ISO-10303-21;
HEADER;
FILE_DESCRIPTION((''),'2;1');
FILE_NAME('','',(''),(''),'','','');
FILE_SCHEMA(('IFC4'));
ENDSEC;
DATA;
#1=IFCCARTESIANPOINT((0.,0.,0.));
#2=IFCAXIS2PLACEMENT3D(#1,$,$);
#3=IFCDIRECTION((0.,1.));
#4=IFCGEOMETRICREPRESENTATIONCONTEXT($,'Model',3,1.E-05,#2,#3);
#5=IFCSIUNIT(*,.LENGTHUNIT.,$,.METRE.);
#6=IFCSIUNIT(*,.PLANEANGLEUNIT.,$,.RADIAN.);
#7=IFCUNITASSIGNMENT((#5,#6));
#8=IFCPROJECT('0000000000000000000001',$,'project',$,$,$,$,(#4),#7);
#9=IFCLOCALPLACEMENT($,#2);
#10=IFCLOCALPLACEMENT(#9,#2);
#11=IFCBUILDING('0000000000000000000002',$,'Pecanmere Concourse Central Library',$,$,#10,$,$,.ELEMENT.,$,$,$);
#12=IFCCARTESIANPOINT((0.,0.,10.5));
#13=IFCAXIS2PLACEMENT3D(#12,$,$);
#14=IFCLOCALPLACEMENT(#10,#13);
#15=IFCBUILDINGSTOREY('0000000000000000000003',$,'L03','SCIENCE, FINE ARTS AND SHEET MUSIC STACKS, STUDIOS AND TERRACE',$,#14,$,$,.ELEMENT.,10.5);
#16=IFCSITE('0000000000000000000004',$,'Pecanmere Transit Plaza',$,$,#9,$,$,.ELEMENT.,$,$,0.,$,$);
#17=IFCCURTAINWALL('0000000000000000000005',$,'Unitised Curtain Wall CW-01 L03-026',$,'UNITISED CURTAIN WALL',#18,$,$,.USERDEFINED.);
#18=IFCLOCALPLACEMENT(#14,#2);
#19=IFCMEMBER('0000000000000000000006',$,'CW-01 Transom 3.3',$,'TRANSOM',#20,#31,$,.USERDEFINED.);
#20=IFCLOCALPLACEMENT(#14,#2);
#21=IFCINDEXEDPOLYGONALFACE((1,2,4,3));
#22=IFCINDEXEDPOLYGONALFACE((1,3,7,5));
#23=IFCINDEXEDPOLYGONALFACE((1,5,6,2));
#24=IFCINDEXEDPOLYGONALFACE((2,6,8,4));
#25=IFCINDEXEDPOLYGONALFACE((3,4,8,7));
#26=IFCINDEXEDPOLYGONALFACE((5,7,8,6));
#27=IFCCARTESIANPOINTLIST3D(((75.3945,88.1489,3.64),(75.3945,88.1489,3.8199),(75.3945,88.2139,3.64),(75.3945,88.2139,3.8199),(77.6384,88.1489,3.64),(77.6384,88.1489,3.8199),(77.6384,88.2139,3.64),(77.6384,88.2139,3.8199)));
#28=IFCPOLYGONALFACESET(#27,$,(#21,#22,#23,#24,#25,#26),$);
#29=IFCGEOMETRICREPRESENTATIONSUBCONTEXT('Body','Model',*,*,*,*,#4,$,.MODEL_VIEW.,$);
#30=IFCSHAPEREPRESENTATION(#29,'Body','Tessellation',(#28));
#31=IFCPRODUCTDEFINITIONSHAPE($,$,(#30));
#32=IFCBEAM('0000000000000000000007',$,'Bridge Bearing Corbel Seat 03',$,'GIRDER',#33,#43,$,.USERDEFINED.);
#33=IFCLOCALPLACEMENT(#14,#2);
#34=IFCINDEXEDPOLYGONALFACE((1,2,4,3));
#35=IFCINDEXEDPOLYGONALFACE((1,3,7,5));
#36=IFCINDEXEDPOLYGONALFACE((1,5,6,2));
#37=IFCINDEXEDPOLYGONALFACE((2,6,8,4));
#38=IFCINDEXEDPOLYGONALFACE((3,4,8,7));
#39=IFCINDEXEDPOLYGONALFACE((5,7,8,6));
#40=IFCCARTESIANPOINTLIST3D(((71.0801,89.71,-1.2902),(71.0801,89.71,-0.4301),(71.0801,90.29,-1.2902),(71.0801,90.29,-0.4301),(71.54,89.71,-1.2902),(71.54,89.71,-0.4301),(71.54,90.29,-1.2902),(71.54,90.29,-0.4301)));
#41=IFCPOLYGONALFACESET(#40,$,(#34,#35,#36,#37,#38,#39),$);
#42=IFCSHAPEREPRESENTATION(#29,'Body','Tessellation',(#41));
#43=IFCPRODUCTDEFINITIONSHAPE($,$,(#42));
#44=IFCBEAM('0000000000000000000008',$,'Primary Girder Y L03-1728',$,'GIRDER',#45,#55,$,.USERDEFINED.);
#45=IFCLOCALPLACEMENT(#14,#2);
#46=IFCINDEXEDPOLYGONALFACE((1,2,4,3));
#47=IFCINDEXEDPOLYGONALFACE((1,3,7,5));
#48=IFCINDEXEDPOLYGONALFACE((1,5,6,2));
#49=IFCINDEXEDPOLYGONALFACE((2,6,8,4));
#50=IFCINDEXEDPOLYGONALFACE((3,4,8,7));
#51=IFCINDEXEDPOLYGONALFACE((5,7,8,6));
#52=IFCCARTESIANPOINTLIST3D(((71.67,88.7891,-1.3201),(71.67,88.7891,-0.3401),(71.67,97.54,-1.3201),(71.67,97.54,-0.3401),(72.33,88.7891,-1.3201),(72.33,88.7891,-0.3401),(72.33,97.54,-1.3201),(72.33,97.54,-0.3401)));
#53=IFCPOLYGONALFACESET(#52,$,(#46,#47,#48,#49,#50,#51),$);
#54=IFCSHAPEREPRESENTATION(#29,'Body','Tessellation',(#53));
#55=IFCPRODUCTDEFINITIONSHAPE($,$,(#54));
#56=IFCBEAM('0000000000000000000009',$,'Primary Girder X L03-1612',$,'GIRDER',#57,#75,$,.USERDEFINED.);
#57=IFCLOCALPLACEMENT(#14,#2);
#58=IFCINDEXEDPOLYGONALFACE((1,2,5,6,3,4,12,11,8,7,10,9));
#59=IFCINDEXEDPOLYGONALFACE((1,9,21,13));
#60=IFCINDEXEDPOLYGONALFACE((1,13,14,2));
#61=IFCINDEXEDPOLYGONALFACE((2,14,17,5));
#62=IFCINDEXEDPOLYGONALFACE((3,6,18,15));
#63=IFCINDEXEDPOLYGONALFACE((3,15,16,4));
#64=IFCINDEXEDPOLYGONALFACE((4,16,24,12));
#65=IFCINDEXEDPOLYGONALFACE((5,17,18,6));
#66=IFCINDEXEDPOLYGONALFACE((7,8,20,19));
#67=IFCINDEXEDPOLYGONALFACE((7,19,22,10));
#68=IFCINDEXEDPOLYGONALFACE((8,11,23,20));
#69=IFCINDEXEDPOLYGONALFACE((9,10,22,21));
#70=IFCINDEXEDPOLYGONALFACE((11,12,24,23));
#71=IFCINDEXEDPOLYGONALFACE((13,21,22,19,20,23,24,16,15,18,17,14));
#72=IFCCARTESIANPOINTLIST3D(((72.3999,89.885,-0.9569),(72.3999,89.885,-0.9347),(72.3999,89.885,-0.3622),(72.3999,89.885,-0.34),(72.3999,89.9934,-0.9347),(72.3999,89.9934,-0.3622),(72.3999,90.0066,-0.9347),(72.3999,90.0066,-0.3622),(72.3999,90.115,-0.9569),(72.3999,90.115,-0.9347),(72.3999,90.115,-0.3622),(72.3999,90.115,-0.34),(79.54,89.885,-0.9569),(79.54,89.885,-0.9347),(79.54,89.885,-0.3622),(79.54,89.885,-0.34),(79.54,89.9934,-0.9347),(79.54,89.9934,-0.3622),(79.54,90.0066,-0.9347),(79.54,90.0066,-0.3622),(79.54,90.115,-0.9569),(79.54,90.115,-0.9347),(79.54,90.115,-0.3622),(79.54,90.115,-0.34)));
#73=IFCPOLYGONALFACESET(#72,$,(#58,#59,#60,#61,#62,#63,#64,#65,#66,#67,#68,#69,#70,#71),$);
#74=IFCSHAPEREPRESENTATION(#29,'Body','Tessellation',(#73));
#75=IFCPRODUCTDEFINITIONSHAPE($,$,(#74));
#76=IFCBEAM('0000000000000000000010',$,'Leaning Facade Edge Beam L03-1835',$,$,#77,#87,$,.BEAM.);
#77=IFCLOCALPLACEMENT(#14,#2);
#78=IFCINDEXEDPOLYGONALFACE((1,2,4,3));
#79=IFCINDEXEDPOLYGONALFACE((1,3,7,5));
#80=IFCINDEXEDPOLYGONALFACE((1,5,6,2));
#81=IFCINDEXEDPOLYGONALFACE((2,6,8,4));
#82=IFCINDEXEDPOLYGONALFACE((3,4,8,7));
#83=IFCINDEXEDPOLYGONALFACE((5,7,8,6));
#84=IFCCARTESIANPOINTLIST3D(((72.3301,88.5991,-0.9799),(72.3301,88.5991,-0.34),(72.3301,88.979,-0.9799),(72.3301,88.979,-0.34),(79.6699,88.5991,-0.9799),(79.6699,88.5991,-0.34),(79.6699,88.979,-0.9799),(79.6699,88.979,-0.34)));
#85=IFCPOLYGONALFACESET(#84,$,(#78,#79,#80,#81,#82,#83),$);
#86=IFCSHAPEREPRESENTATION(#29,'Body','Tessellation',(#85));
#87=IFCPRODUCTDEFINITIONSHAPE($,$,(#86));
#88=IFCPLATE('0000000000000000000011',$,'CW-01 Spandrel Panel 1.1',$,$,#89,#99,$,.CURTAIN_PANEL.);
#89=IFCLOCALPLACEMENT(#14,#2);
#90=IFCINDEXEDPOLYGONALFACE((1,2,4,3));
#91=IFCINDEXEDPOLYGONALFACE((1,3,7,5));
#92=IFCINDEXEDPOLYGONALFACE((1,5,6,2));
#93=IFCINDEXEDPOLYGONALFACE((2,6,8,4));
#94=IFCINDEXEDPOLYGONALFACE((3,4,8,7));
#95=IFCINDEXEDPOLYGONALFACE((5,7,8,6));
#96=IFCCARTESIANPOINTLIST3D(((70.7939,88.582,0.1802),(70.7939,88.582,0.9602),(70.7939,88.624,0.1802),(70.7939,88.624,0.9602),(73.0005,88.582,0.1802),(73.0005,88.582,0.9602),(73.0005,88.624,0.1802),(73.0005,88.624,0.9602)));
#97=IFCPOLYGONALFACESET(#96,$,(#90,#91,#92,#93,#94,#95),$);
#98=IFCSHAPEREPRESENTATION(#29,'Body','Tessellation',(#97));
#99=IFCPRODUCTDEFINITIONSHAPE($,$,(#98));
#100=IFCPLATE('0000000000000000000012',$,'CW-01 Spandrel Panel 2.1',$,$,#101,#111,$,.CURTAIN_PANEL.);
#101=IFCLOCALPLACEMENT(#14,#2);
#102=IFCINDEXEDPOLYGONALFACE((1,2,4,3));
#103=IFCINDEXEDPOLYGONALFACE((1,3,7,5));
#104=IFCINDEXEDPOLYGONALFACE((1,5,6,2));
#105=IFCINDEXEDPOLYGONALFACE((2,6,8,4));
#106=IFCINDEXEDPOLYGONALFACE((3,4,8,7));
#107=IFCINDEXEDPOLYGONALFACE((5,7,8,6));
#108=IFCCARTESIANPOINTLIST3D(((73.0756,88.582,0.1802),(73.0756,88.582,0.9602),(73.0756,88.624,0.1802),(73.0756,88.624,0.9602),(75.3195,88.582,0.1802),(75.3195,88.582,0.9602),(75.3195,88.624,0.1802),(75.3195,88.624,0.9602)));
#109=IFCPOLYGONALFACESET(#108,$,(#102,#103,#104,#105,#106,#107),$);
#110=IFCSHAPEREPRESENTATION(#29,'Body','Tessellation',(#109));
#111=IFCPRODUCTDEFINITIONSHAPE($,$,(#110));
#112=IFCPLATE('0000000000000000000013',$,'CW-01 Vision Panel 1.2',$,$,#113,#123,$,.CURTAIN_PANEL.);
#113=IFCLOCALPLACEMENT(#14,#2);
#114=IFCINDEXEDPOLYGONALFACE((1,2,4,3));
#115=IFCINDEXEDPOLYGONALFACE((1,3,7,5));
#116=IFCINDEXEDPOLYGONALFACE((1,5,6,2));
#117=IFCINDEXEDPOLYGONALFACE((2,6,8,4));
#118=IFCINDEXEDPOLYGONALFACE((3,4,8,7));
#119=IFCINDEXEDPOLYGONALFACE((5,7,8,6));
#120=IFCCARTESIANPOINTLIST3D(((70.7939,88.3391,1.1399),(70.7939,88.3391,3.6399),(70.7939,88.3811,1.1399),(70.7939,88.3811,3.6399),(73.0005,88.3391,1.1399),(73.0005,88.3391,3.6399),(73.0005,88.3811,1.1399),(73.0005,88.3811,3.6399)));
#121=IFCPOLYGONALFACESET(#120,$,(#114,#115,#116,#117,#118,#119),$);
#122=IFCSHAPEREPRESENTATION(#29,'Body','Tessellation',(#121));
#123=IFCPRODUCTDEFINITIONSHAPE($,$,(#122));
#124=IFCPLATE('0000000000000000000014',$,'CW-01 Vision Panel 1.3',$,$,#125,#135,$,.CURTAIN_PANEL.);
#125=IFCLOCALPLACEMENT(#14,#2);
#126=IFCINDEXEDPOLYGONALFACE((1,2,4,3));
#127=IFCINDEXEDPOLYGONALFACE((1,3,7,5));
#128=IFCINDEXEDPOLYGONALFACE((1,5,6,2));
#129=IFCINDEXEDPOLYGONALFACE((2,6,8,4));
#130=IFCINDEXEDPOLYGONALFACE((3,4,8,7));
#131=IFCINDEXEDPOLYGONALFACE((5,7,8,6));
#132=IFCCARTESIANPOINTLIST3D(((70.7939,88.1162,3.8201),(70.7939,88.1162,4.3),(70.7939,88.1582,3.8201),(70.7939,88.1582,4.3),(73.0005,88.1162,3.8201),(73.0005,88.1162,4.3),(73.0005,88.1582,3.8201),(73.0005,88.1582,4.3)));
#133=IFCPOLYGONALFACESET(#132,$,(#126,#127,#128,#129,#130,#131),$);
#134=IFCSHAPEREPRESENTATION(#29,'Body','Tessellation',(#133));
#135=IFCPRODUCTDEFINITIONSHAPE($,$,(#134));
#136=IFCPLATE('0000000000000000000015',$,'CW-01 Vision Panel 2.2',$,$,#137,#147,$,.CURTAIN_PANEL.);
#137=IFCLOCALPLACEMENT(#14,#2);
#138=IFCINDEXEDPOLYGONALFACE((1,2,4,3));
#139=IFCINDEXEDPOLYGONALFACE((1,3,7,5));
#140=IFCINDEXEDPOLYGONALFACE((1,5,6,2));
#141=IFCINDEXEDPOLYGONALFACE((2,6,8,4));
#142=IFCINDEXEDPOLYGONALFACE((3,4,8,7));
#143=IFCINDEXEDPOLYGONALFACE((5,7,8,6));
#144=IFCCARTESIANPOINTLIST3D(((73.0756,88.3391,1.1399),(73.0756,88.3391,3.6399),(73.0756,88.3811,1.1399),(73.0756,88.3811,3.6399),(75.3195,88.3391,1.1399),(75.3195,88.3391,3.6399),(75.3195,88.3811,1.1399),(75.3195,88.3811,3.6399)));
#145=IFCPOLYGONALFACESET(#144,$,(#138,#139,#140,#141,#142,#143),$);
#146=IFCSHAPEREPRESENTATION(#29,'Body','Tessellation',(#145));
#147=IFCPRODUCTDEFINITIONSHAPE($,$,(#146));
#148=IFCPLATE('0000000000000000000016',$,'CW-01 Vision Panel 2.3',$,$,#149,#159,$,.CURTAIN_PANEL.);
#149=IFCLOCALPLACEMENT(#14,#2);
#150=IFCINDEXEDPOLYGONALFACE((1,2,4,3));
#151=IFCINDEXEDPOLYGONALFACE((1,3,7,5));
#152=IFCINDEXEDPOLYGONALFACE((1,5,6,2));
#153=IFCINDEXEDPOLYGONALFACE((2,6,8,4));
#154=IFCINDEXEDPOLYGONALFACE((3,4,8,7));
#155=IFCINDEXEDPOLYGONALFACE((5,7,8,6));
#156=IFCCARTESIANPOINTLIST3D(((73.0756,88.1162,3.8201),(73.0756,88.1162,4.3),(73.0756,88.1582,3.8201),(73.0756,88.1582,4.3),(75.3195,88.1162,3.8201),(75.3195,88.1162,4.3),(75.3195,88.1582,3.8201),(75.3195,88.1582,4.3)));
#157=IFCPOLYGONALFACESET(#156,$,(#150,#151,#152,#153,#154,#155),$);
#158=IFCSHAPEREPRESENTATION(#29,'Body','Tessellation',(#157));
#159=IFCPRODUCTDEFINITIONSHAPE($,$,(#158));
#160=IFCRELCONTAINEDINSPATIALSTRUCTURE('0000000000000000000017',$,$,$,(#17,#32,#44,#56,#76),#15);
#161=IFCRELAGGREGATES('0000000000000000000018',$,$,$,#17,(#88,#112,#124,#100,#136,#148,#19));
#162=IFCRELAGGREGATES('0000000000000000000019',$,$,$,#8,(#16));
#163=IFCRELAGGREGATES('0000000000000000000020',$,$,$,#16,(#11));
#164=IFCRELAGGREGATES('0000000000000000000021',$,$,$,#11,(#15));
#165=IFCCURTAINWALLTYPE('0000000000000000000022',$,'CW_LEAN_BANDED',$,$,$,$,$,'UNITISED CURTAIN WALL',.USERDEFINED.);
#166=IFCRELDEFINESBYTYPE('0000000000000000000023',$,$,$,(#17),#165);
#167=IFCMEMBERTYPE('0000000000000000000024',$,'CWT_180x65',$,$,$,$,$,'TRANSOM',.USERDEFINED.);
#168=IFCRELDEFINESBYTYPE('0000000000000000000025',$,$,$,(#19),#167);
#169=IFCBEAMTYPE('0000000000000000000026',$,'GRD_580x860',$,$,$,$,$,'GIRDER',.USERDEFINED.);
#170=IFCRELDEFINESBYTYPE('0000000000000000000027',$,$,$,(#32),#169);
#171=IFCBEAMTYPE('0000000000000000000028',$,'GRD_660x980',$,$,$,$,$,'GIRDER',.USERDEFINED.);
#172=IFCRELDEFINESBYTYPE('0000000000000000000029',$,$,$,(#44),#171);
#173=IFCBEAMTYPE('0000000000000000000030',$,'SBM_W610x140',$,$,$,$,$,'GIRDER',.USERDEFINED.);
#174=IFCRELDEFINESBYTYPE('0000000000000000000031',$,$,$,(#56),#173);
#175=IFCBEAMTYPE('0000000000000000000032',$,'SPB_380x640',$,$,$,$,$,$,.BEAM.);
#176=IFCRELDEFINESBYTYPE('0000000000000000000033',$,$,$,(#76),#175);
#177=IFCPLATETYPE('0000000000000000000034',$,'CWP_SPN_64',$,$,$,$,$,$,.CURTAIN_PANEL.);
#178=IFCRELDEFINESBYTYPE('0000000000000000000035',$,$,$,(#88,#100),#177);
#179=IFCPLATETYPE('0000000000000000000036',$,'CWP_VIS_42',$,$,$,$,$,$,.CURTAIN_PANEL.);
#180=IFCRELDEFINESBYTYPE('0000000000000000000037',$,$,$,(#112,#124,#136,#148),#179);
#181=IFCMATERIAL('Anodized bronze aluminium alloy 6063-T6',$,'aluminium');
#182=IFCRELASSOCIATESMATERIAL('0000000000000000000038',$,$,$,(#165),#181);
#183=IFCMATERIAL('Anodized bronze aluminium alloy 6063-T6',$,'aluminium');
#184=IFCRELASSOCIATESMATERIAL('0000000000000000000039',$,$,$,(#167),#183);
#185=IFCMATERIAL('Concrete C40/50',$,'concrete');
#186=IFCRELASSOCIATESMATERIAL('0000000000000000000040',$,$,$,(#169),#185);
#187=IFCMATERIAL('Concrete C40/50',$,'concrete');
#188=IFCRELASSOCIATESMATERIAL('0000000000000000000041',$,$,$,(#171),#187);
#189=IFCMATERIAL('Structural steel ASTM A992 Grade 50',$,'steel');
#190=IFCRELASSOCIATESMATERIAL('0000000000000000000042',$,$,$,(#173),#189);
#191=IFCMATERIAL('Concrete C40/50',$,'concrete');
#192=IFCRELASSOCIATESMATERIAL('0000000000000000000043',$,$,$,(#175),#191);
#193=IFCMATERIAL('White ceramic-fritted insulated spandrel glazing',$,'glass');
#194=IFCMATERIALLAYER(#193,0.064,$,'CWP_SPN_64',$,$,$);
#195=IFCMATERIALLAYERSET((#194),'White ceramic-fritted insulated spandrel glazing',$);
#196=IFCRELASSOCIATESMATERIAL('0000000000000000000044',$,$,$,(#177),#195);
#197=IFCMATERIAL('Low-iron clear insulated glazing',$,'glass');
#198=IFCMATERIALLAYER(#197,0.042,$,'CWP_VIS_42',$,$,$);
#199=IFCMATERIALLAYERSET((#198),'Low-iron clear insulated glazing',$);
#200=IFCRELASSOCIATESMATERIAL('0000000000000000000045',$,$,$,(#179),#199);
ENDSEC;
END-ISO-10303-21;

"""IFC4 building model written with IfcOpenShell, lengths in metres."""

from ifc_helpers import new_model, si_unit, direction, frame, origin, origin_2d, place, context, subcontext, project, spatial, rectangle, i_section, extrude, material, layer, layer_set, material_profile, profile_set, type_object, element, aggregate, save


model = new_model("IFC4")

# Units and contexts
model_context = context("Model", 3, precision=1e-05, world=origin(), true_north=direction((0.0, 1.0)))
body_context = subcontext(model_context, "Body", "Model", "MODEL_VIEW")
ifc_project = project(units=[si_unit("LENGTHUNIT", "METRE"), si_unit("PLANEANGLEUNIT", "RADIAN")], contexts=[model_context])

# Site, building, storey
site_placement = place(None, origin())
site = spatial("IfcSite", under=ifc_project, at=site_placement, Name="Pecanmere Transit Plaza", CompositionType="ELEMENT", RefElevation=0.0)
building_placement = place(site_placement, origin())
building = spatial("IfcBuilding", under=site, at=building_placement, Name="Pecanmere Concourse Central Library", CompositionType="ELEMENT")
storey_placement = place(building_placement, frame((0.0, 0.0, 10.5)))
storey = spatial("IfcBuildingStorey", under=building, at=storey_placement, Name="L03", Description="SCIENCE, FINE ARTS AND SHEET MUSIC STACKS, STUDIOS AND TERRACE", CompositionType="ELEMENT", Elevation=10.5)

# Curtain wall
ifc_material_1 = material(Name="Anodized bronze aluminium alloy 6063-T6", Category="aluminium")
curtain_wall_type = type_object("IfcCurtainWallType", Name="CW_LEAN_BANDED", ElementType="UNITISED CURTAIN WALL", PredefinedType="USERDEFINED", material=ifc_material_1)
curtain_wall_1_placement = place(storey_placement, origin())
curtain_wall_1 = element("IfcCurtainWall", 1, at=curtain_wall_1_placement, inside=storey, type_object=curtain_wall_type, Name="Unitised Curtain Wall CW-01 L03-026", ObjectType="UNITISED CURTAIN WALL", PredefinedType="USERDEFINED")

# Member
ifc_material_2 = material(Name="Anodized bronze aluminium alloy 6063-T6", Category="aluminium")
ifc_material_profile_1 = material_profile(ifc_material_2, rectangle(XDim=0.0649, YDim=0.1799, at=origin_2d()), Name="AL 65x180")
ifc_profile_set_1 = profile_set([ifc_material_profile_1], Name="Anodized bronze aluminium alloy 6063-T6")
member_type_1 = type_object("IfcMemberType", Name="CWT_180x65", ElementType="TRANSOM", PredefinedType="USERDEFINED", material=ifc_profile_set_1)
member_1_placement = place(storey_placement, frame((75.3945, 88.1814, 3.73), z_axis=(1.0, 0.0, 0.0), x_axis=(0.0, 1.0, 0.0)))
member_1 = element("IfcMember", 2, at=member_1_placement, type_object=member_type_1, Name="CW-01 Transom 3.3", ObjectType="TRANSOM", PredefinedType="USERDEFINED", context=body_context, shape_type="SweptSolid", body=[
    extrude(rectangle(XDim=0.0649, YDim=0.1799, at=origin_2d()), origin(), (0.0, 0.0, 1.0), 2.2439),
])

# Beams
ifc_material_3 = material(Name="Concrete C40/50", Category="concrete")
ifc_material_profile_2 = material_profile(ifc_material_3, rectangle(XDim=0.5801, YDim=0.8601, at=origin_2d()), Name="RC 580x860")
ifc_profile_set_2 = profile_set([ifc_material_profile_2], Name="Concrete C40/50")
beam_type_1 = type_object("IfcBeamType", Name="GRD_580x860", ElementType="GIRDER", PredefinedType="USERDEFINED", material=ifc_profile_set_2)
beam_1_placement = place(storey_placement, frame((71.54, 90.0, -0.8601), z_axis=(-1.0, 0.0, 0.0), x_axis=(0.0, -1.0, 0.0)))
element("IfcBeam", 3, at=beam_1_placement, inside=storey, type_object=beam_type_1, Name="Bridge Bearing Corbel Seat 03", ObjectType="GIRDER", PredefinedType="USERDEFINED", context=body_context, shape_type="SweptSolid", body=[
    extrude(rectangle(XDim=0.5801, YDim=0.8601, at=origin_2d()), origin(), (0.0, 0.0, 1.0), 0.46),
])
ifc_material_4 = material(Name="Concrete C40/50", Category="concrete")
ifc_material_profile_3 = material_profile(ifc_material_4, rectangle(XDim=0.6599, YDim=0.98, at=origin_2d()), Name="RC 660x980")
ifc_profile_set_3 = profile_set([ifc_material_profile_3], Name="Concrete C40/50")
beam_type_2 = type_object("IfcBeamType", Name="GRD_660x980", ElementType="GIRDER", PredefinedType="USERDEFINED", material=ifc_profile_set_3)
beam_2_placement = place(storey_placement, frame((72.0, 88.7891, -0.8301), z_axis=(0.0, 1.0, 0.0), x_axis=(-1.0, 0.0, 0.0)))
element("IfcBeam", 4, at=beam_2_placement, inside=storey, type_object=beam_type_2, Name="Primary Girder Y L03-1728", ObjectType="GIRDER", PredefinedType="USERDEFINED", context=body_context, shape_type="SweptSolid", body=[
    extrude(rectangle(XDim=0.6599, YDim=0.98, at=origin_2d()), origin(), (0.0, 0.0, 1.0), 8.751),
])
ifc_material_5 = material(Name="Structural steel ASTM A992 Grade 50", Category="steel")
ifc_material_profile_4 = material_profile(ifc_material_5, i_section(OverallWidth=0.23, OverallDepth=0.6169, WebThickness=0.0132, FlangeThickness=0.0222, at=origin_2d()), Name="W610x140")
ifc_profile_set_4 = profile_set([ifc_material_profile_4], Name="Structural steel ASTM A992 Grade 50")
beam_type_3 = type_object("IfcBeamType", Name="SBM_W610x140", ElementType="GIRDER", PredefinedType="USERDEFINED", material=ifc_profile_set_4)
beam_3_placement = place(storey_placement, frame((72.3999, 90.0, -0.6484), z_axis=(1.0, 0.0, 0.0), x_axis=(0.0, 1.0, 0.0)))
element("IfcBeam", 5, at=beam_3_placement, inside=storey, type_object=beam_type_3, Name="Primary Girder X L03-1612", ObjectType="GIRDER", PredefinedType="USERDEFINED", context=body_context, shape_type="SweptSolid", body=[
    extrude(i_section(OverallWidth=0.23, OverallDepth=0.6169, WebThickness=0.0132, FlangeThickness=0.0222, at=origin_2d()), origin(), (0.0, 0.0, 1.0), 7.1401),
])
ifc_material_6 = material(Name="Concrete C40/50", Category="concrete")
ifc_material_profile_5 = material_profile(ifc_material_6, rectangle(XDim=0.3799, YDim=0.6399, at=origin_2d()), Name="RC 380x640")
ifc_profile_set_5 = profile_set([ifc_material_profile_5], Name="Concrete C40/50")
beam_type_4 = type_object("IfcBeamType", Name="SPB_380x640", PredefinedType="BEAM", material=ifc_profile_set_5)
beam_4_placement = place(storey_placement, frame((72.3301, 88.7891, -0.6599), z_axis=(1.0, 0.0, 0.0), x_axis=(0.0, 1.0, 0.0)))
element("IfcBeam", 6, at=beam_4_placement, inside=storey, type_object=beam_type_4, Name="Leaning Facade Edge Beam L03-1835", PredefinedType="BEAM", context=body_context, shape_type="SweptSolid", body=[
    extrude(rectangle(XDim=0.3799, YDim=0.6399, at=origin_2d()), origin(), (0.0, 0.0, 1.0), 7.3398),
])

# Plates
ifc_material_7 = material(Name="White ceramic-fritted insulated spandrel glazing", Category="glass")
ifc_layer_1 = layer(ifc_material_7, 0.064, Name="CWP_SPN_64")
ifc_layer_set_1 = layer_set([ifc_layer_1], Name="White ceramic-fritted insulated spandrel glazing")
plate_type_1 = type_object("IfcPlateType", Name="CWP_SPN_64", PredefinedType="CURTAIN_PANEL", material=ifc_layer_set_1)
plate_1_placement = place(storey_placement, frame((71.8972, 88.603, 0.1802), z_axis=(0.0, 0.0, 1.0), x_axis=(1.0, 0.0, 0.0)))
plate_1 = element("IfcPlate", 7, at=plate_1_placement, type_object=plate_type_1, Name="CW-01 Spandrel Panel 1.1", PredefinedType="CURTAIN_PANEL", context=body_context, shape_type="SweptSolid", body=[
    extrude(rectangle(XDim=2.2065, YDim=0.042, at=origin_2d()), origin(), (0.0, 0.0, 1.0), 0.78),
])
plate_2_placement = place(storey_placement, frame((74.1975, 88.603, 0.1802), z_axis=(0.0, 0.0, 1.0), x_axis=(1.0, 0.0, 0.0)))
plate_2 = element("IfcPlate", 8, at=plate_2_placement, type_object=plate_type_1, Name="CW-01 Spandrel Panel 2.1", PredefinedType="CURTAIN_PANEL", context=body_context, shape_type="SweptSolid", body=[
    extrude(rectangle(XDim=2.2439, YDim=0.042, at=origin_2d()), origin(), (0.0, 0.0, 1.0), 0.78),
])
ifc_material_8 = material(Name="Low-iron clear insulated glazing", Category="glass")
ifc_layer_2 = layer(ifc_material_8, 0.042, Name="CWP_VIS_42")
ifc_layer_set_2 = layer_set([ifc_layer_2], Name="Low-iron clear insulated glazing")
plate_type_2 = type_object("IfcPlateType", Name="CWP_VIS_42", PredefinedType="CURTAIN_PANEL", material=ifc_layer_set_2)
plate_3_placement = place(storey_placement, frame((71.8972, 88.3601, 1.1399), z_axis=(0.0, 0.0, 1.0), x_axis=(1.0, 0.0, 0.0)))
plate_3 = element("IfcPlate", 9, at=plate_3_placement, type_object=plate_type_2, Name="CW-01 Vision Panel 1.2", PredefinedType="CURTAIN_PANEL", context=body_context, shape_type="SweptSolid", body=[
    extrude(rectangle(XDim=2.2065, YDim=0.042, at=origin_2d()), origin(), (0.0, 0.0, 1.0), 2.5),
])
plate_4_placement = place(storey_placement, frame((71.8972, 88.1372, 3.8201), z_axis=(0.0, 0.0, 1.0), x_axis=(1.0, 0.0, 0.0)))
plate_4 = element("IfcPlate", 10, at=plate_4_placement, type_object=plate_type_2, Name="CW-01 Vision Panel 1.3", PredefinedType="CURTAIN_PANEL", context=body_context, shape_type="SweptSolid", body=[
    extrude(rectangle(XDim=2.2065, YDim=0.042, at=origin_2d()), origin(), (0.0, 0.0, 1.0), 0.48),
])
plate_5_placement = place(storey_placement, frame((74.1975, 88.3601, 1.1399), z_axis=(0.0, 0.0, 1.0), x_axis=(1.0, 0.0, 0.0)))
plate_5 = element("IfcPlate", 11, at=plate_5_placement, type_object=plate_type_2, Name="CW-01 Vision Panel 2.2", PredefinedType="CURTAIN_PANEL", context=body_context, shape_type="SweptSolid", body=[
    extrude(rectangle(XDim=2.2439, YDim=0.042, at=origin_2d()), origin(), (0.0, 0.0, 1.0), 2.5),
])
plate_6_placement = place(storey_placement, frame((74.1975, 88.1372, 3.8201), z_axis=(0.0, 0.0, 1.0), x_axis=(1.0, 0.0, 0.0)))
plate_6 = element("IfcPlate", 12, at=plate_6_placement, type_object=plate_type_2, Name="CW-01 Vision Panel 2.3", PredefinedType="CURTAIN_PANEL", context=body_context, shape_type="SweptSolid", body=[
    extrude(rectangle(XDim=2.2439, YDim=0.042, at=origin_2d()), origin(), (0.0, 0.0, 1.0), 0.48),
])
aggregate(curtain_wall_1, [plate_1, plate_3, plate_4, plate_2, plate_5, plate_6, member_1])

save(model, "model.ifc")
